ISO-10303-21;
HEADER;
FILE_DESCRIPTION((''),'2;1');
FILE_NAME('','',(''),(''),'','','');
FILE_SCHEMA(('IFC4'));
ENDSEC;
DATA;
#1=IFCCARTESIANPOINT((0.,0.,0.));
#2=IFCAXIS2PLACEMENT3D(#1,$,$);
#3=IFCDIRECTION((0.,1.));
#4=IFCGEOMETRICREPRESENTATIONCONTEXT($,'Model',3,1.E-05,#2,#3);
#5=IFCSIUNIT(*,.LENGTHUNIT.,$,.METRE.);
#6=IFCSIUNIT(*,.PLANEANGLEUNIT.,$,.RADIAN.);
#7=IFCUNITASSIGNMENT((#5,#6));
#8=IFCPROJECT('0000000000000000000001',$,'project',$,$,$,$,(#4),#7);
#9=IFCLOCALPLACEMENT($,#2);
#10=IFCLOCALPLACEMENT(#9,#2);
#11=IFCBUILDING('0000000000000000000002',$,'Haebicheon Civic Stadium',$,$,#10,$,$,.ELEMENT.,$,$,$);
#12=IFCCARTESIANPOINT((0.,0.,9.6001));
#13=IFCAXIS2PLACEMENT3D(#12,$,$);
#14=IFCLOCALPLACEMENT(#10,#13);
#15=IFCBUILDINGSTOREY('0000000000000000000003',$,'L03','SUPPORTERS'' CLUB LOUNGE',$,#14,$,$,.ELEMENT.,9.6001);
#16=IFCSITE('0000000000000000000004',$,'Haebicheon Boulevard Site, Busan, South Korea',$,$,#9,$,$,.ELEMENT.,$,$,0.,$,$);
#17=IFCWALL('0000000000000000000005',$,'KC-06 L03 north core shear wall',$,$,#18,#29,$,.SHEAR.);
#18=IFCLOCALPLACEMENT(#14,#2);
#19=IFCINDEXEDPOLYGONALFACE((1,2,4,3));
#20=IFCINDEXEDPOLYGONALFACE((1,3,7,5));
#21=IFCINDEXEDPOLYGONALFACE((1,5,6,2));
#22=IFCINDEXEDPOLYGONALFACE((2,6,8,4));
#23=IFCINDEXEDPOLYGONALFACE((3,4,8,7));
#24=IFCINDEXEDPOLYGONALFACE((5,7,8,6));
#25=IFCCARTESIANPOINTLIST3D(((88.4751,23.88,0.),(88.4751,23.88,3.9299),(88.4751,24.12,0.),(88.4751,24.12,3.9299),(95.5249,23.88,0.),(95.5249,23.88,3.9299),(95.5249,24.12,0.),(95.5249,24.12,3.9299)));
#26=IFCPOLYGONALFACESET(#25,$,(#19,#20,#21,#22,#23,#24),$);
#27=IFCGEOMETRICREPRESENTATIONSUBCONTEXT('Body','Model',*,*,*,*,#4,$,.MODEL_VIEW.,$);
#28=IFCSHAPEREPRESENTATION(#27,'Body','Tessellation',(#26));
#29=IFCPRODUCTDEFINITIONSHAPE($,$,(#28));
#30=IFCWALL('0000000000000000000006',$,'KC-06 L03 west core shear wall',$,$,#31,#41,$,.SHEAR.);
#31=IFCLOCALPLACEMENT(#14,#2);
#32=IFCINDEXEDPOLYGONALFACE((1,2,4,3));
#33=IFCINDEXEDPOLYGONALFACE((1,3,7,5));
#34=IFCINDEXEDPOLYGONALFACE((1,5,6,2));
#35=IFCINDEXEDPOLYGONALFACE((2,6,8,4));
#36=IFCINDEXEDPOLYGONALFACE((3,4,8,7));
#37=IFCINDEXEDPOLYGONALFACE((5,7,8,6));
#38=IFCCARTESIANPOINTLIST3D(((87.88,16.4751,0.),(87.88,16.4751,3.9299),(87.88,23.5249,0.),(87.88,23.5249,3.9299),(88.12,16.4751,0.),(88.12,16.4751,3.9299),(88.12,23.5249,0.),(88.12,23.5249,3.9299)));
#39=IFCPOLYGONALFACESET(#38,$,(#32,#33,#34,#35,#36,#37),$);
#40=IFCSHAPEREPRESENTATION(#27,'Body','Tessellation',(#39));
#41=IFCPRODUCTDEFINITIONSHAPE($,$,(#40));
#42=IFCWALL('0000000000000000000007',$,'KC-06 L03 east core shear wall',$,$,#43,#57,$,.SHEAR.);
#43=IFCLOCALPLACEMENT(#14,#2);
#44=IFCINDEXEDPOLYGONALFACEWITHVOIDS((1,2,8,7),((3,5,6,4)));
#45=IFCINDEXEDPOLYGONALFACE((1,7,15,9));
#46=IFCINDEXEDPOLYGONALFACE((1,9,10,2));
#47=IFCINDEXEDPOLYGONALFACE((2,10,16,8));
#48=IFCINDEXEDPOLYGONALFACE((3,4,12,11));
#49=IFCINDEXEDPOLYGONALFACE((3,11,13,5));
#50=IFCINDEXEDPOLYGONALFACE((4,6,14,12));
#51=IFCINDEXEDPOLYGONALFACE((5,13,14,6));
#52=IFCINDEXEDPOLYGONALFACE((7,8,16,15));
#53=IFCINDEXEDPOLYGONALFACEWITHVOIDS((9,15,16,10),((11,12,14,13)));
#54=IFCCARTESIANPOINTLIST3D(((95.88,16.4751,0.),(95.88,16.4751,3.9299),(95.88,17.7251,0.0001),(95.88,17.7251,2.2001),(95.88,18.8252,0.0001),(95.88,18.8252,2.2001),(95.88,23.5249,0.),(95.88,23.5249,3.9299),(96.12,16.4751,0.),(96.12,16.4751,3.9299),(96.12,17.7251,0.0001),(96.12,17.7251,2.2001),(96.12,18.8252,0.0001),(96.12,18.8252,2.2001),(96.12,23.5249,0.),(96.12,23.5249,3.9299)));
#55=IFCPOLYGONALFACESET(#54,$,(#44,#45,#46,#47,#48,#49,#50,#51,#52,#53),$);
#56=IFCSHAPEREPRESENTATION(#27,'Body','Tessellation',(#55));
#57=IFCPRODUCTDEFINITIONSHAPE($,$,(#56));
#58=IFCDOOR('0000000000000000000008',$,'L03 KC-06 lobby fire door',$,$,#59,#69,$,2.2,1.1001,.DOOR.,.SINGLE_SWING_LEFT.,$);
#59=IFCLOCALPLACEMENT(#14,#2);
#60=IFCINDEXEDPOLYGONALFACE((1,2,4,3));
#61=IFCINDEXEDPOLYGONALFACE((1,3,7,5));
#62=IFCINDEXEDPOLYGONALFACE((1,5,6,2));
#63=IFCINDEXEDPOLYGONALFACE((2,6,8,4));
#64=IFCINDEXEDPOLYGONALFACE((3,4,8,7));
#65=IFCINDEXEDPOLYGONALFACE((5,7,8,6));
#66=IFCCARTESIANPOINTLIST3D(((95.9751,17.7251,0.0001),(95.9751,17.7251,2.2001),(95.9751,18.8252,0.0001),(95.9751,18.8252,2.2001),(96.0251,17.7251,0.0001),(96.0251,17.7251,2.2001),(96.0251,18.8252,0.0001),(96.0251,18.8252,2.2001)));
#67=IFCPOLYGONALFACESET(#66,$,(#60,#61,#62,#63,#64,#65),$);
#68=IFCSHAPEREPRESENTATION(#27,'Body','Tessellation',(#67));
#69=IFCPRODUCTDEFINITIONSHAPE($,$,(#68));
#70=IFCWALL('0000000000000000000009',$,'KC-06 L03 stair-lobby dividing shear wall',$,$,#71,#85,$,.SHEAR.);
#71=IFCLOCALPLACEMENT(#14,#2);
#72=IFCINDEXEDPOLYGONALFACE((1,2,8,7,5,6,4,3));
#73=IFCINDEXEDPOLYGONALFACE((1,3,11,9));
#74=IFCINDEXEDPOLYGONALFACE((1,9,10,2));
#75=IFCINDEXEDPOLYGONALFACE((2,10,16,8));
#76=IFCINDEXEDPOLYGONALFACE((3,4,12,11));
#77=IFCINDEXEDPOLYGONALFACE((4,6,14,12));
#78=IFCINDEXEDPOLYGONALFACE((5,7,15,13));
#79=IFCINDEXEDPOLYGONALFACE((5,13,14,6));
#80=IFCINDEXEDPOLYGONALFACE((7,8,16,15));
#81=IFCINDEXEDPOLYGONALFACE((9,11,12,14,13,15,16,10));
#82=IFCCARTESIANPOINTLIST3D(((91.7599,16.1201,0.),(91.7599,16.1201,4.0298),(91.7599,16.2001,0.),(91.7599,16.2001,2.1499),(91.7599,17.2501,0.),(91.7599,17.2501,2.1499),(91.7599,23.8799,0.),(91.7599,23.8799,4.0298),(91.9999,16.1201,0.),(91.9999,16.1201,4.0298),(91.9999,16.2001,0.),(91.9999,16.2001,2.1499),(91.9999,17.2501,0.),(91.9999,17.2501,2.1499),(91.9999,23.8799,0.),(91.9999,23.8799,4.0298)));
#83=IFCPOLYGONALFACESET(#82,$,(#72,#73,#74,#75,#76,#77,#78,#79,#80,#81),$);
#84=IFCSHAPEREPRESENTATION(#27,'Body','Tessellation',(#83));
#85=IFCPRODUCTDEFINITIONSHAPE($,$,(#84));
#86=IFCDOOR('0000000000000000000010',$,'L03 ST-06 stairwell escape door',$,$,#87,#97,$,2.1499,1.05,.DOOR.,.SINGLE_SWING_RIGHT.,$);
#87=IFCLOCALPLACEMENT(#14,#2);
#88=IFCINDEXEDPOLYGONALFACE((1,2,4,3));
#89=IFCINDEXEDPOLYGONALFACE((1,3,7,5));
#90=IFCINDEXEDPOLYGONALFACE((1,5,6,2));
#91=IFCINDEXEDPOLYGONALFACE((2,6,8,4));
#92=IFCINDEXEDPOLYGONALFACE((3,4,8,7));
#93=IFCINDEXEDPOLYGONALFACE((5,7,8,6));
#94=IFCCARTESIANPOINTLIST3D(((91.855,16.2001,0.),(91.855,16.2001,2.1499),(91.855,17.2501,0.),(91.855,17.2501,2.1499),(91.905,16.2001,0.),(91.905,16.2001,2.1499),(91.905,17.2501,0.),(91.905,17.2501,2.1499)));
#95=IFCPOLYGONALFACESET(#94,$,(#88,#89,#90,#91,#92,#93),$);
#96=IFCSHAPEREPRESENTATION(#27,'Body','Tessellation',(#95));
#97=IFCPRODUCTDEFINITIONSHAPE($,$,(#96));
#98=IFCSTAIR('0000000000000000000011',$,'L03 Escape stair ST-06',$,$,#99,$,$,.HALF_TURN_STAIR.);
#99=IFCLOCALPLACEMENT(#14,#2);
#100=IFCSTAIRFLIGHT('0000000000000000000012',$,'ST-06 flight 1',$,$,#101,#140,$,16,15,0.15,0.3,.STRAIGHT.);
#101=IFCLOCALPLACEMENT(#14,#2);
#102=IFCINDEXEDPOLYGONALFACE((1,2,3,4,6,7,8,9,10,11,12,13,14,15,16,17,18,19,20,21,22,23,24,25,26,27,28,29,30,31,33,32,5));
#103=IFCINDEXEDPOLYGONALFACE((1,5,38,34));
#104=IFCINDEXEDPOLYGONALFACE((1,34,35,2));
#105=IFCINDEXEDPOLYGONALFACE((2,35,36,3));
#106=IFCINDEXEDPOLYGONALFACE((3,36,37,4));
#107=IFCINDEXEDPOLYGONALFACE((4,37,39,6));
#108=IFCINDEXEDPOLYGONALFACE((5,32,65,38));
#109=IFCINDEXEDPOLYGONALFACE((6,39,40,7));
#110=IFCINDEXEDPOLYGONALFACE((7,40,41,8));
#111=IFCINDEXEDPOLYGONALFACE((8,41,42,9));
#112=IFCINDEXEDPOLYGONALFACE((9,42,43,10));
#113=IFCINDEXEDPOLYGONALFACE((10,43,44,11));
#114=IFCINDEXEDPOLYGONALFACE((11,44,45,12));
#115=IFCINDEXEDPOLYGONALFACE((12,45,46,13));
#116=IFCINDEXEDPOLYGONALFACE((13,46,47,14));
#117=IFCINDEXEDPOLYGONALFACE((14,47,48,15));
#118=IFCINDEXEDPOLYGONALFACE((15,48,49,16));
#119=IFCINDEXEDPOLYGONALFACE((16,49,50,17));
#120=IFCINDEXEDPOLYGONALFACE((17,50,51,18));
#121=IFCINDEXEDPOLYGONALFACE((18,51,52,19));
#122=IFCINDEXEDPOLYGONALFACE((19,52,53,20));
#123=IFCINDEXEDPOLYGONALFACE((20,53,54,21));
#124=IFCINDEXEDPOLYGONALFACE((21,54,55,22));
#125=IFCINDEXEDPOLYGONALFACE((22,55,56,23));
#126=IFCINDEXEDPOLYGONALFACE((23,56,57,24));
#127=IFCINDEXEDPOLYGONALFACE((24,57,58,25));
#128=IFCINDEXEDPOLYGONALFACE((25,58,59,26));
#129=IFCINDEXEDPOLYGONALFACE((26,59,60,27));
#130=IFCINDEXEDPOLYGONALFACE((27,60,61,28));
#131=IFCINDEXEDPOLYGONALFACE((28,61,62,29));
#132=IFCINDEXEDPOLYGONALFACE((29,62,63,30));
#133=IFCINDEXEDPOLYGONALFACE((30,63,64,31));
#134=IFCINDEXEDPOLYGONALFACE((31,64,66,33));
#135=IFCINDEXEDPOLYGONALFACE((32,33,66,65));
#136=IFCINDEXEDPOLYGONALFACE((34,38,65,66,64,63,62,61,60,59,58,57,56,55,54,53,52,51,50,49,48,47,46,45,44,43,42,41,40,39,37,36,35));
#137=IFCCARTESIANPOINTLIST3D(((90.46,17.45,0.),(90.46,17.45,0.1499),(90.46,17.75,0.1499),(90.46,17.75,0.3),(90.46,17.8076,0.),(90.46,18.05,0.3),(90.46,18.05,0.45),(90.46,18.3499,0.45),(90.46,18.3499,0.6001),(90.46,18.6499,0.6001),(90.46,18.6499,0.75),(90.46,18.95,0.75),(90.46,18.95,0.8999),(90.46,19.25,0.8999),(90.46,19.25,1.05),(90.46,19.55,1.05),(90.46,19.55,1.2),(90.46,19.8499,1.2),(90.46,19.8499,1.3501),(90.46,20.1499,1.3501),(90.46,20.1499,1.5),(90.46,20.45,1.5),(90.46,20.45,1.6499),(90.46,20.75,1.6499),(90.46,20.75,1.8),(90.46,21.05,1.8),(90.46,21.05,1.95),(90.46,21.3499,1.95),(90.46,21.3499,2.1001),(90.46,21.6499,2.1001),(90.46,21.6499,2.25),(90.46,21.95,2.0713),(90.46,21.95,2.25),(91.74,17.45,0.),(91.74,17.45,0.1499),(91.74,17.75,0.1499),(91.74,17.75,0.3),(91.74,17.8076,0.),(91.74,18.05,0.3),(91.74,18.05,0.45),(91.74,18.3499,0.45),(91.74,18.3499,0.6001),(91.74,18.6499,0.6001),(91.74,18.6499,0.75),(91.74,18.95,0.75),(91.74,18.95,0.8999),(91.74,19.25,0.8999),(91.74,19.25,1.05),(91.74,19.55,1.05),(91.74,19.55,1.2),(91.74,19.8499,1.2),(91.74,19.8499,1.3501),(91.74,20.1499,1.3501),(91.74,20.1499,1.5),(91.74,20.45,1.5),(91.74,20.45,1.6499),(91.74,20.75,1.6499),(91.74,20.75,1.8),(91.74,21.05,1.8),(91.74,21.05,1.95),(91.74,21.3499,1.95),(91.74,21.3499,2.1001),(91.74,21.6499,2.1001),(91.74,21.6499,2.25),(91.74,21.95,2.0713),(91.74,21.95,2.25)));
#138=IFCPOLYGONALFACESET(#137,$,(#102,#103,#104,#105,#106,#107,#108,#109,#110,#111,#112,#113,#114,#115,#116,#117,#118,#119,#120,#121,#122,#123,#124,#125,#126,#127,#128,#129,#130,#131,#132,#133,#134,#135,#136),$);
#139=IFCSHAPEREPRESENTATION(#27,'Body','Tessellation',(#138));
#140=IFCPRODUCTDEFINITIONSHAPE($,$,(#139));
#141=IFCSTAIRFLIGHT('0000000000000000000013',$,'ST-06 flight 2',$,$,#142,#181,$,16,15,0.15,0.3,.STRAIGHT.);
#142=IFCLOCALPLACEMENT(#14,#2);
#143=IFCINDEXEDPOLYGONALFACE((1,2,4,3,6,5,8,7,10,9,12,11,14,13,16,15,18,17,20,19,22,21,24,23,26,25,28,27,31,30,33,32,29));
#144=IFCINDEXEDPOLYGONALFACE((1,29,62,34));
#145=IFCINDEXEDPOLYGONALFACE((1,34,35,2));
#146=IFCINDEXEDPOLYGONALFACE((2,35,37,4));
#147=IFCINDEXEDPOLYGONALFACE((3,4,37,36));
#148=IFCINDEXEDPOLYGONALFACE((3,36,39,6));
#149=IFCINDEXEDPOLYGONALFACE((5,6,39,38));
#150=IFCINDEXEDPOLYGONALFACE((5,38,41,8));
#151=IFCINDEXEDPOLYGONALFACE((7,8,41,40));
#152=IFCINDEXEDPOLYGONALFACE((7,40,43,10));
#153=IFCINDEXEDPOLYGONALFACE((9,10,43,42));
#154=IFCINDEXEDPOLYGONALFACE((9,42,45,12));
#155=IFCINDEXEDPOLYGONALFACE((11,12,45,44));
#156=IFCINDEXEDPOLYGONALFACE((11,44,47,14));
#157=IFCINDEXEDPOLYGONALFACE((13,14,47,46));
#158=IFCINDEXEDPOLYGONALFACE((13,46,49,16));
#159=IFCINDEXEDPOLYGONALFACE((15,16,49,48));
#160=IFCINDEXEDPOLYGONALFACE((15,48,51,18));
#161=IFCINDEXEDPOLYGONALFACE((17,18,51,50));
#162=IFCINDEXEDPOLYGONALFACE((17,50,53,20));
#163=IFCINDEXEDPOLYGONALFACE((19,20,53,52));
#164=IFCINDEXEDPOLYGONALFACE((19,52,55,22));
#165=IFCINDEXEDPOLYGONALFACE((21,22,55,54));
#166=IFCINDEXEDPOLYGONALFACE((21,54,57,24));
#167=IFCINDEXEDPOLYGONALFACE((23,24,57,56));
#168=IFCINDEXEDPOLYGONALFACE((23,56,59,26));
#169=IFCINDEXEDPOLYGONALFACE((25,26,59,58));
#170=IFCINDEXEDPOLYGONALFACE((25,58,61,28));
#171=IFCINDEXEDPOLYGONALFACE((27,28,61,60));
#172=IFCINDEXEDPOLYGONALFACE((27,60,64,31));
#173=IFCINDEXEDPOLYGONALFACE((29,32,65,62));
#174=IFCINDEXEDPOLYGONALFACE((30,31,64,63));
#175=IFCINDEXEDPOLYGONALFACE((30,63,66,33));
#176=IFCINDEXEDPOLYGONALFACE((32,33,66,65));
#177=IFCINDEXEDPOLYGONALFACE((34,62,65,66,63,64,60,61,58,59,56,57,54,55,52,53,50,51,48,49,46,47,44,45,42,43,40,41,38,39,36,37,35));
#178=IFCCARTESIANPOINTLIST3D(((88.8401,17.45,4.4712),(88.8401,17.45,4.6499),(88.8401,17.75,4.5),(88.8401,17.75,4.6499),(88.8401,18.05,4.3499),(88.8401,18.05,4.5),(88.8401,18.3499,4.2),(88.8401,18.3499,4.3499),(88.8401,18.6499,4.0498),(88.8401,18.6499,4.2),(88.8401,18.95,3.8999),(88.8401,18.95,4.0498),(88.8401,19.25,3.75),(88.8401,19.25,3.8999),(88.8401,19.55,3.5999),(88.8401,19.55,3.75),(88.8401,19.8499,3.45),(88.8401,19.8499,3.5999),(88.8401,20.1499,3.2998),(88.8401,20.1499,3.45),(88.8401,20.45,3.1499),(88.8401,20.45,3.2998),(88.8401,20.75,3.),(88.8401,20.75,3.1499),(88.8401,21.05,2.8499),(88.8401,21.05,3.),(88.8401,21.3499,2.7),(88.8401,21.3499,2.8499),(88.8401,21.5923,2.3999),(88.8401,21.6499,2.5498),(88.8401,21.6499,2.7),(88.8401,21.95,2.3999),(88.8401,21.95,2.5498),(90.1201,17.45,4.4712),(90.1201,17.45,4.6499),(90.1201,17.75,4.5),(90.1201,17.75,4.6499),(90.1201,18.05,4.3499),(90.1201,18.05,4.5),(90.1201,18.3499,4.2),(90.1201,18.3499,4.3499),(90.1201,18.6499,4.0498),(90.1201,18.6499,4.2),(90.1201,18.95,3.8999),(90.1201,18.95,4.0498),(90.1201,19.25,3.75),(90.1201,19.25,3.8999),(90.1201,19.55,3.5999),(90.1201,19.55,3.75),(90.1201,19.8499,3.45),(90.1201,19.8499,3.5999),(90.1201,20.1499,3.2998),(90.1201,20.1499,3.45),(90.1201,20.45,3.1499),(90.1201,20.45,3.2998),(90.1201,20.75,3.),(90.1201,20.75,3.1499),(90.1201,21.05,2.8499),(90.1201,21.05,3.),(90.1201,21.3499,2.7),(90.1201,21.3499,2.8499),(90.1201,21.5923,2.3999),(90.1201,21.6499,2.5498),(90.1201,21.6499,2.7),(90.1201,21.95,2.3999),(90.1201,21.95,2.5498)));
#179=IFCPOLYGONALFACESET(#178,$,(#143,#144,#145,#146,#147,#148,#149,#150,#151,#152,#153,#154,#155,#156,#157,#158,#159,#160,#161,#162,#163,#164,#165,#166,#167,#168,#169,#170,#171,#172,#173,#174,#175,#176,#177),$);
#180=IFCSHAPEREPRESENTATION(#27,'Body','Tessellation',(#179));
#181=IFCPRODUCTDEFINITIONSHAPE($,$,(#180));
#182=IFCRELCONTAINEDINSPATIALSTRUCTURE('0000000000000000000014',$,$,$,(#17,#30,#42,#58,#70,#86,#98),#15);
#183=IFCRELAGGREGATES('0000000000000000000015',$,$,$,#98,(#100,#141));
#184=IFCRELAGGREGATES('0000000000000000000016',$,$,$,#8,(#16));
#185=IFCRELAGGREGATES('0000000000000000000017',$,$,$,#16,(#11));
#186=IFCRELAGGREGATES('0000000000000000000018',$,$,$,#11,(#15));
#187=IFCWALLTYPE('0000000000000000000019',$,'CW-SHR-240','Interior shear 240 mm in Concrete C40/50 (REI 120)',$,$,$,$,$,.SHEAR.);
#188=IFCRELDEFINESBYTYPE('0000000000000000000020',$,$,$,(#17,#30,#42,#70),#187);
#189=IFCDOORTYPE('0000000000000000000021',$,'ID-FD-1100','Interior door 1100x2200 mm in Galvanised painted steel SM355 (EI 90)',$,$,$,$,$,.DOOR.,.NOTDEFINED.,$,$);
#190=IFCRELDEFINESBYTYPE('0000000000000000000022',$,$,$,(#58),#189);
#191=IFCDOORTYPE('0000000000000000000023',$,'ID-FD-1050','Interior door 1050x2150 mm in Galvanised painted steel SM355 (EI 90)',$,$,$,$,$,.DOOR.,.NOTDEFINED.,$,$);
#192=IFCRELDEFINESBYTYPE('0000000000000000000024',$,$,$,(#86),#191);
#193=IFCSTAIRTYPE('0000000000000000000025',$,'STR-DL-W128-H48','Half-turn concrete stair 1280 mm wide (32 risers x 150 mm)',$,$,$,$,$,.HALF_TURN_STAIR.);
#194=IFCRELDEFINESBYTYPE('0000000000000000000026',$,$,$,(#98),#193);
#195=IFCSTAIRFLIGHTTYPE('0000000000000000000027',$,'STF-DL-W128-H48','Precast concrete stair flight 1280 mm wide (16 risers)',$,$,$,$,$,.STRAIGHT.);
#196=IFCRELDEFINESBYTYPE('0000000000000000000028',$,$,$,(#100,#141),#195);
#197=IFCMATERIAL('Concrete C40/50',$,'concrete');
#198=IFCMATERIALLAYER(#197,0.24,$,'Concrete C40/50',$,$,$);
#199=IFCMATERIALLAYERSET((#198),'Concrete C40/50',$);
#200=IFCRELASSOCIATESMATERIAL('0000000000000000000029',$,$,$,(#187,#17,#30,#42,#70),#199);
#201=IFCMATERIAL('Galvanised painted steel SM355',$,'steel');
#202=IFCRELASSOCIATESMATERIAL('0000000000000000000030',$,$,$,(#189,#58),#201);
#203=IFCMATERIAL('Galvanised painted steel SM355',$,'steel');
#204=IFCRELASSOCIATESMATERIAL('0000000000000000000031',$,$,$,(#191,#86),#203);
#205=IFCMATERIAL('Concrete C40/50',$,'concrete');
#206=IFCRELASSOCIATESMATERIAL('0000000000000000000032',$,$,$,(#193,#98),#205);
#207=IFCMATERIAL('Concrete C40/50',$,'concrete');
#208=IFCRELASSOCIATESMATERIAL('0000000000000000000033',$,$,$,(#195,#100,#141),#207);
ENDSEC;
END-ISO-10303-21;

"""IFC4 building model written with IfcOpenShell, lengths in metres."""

from ifc_helpers import new_model, si_unit, direction, frame, frame_2d, origin, place, context, subcontext, project, spatial, polyline, rectangle, outline, extrude, material, layer, layer_set, type_object, element, fill, aggregate, save


model = new_model("IFC4")

# Units and contexts
model_context = context("Model", 3, precision=1e-05, world=origin(), true_north=direction((0.0, 1.0)))
body_context = subcontext(model_context, "Body", "Model", "MODEL_VIEW")
ifc_project = project(units=[si_unit("LENGTHUNIT", "METRE"), si_unit("PLANEANGLEUNIT", "RADIAN")], contexts=[model_context])

# Site, building, storey
site_placement = place(None, origin())
site = spatial("IfcSite", under=ifc_project, at=site_placement, Name="Haebicheon Boulevard Site, Busan, South Korea", CompositionType="ELEMENT", RefElevation=0.0)
building_placement = place(site_placement, origin())
building = spatial("IfcBuilding", under=site, at=building_placement, Name="Haebicheon Civic Stadium", CompositionType="ELEMENT")
storey_placement = place(building_placement, frame((0.0, 0.0, 9.6001)))
storey = spatial("IfcBuildingStorey", under=building, at=storey_placement, Name="L03", Description="SUPPORTERS' CLUB LOUNGE", CompositionType="ELEMENT", Elevation=9.6001)

# Walls
ifc_material_1 = material(Name="Concrete C40/50", Category="concrete")
ifc_layer = layer(ifc_material_1, 0.24, Name="Concrete C40/50")
ifc_layer_set = layer_set([ifc_layer], Name="Concrete C40/50")
wall_type = type_object("IfcWallType", Name="CW-SHR-240", Description="Interior shear 240 mm in Concrete C40/50 (REI 120)", PredefinedType="SHEAR", material=ifc_layer_set)
for number, where, z_axis, x_axis, name in (
    (1, (88.4751, 24.0, 0.0), (0.0, 0.0, 1.0), (1.0, 0.0, 0.0), "KC-06 L03 north core shear wall"),
    (2, (88.0, 16.4751, 0.0), (0.0, 0.0, 1.0), (0.0, 1.0, 0.0), "KC-06 L03 west core shear wall"),
):
    element("IfcWall", number, at=place(storey_placement, frame(where, z_axis=z_axis, x_axis=x_axis)), inside=storey, type_object=wall_type, material=ifc_layer_set, Name=name, PredefinedType="SHEAR", context=body_context, shape_type="SweptSolid", body=[
        extrude(rectangle(XDim=7.0498, YDim=0.24, at=frame_2d((3.5249, 0.0))), origin(), (0.0, 0.0, 1.0), 3.9299),
    ])

# Walls, openings, doors
wall_1_placement = place(storey_placement, frame((96.0, 16.4751, 0.0), z_axis=(0.0, 0.0, 1.0), x_axis=(0.0, 1.0, 0.0)))
wall_1 = element("IfcWall", 3, at=wall_1_placement, inside=storey, type_object=wall_type, material=ifc_layer_set, Name="KC-06 L03 east core shear wall", PredefinedType="SHEAR", context=body_context, shape_type="SweptSolid", body=[
    extrude(rectangle(XDim=7.0498, YDim=0.24, at=frame_2d((3.5249, 0.0))), origin(), (0.0, 0.0, 1.0), 3.9299),
])
opening_1_placement = place(wall_1_placement, frame((1.25, 0.0, 0.0)))
opening_1 = element("IfcOpeningElement", 4, at=opening_1_placement, cuts=wall_1, PredefinedType="OPENING", context=body_context, shape_type="SweptSolid", body=[
    extrude(rectangle(XDim=1.1001, YDim=2.2, at=frame_2d((0.55, 1.1001))), frame((0.0, 0.1299, 0.0), z_axis=(0.0, -1.0, 0.0), x_axis=(1.0, 0.0, 0.0)), (0.0, 0.0, 1.0), 0.26),
])
ifc_material_2 = material(Name="Galvanised painted steel SM355", Category="steel")
door_type_1 = type_object("IfcDoorType", Name="ID-FD-1100", Description="Interior door 1100x2200 mm in Galvanised painted steel SM355 (EI 90)", OperationType="NOTDEFINED", PredefinedType="DOOR", material=ifc_material_2)
door_1_placement = place(opening_1_placement, origin())
door_1 = element("IfcDoor", 5, at=door_1_placement, inside=storey, type_object=door_type_1, material=ifc_material_2, Name="L03 KC-06 lobby fire door", OperationType="SINGLE_SWING_LEFT", OverallHeight=2.2, OverallWidth=1.1001, PredefinedType="DOOR", context=body_context, shape_type="SweptSolid", body=[
    extrude(rectangle(XDim=1.1001, YDim=2.2, at=frame_2d((0.55, 1.1001))), frame((0.0, 0.0249, 0.0), z_axis=(0.0, -1.0, 0.0), x_axis=(1.0, 0.0, 0.0)), (0.0, 0.0, 1.0), 0.05),
])
fill(opening_1, door_1)
wall_2_placement = place(storey_placement, frame((91.8799, 16.1201, 0.0), z_axis=(0.0, 0.0, 1.0), x_axis=(0.0, 1.0, 0.0)))
wall_2 = element("IfcWall", 6, at=wall_2_placement, inside=storey, type_object=wall_type, material=ifc_layer_set, Name="KC-06 L03 stair-lobby dividing shear wall", PredefinedType="SHEAR", context=body_context, shape_type="SweptSolid", body=[
    extrude(rectangle(XDim=7.7598, YDim=0.24, at=frame_2d((3.8799, 0.0))), origin(), (0.0, 0.0, 1.0), 4.0298),
])
opening_2_placement = place(wall_2_placement, frame((0.0801, 0.0, 0.0)))
opening_2 = element("IfcOpeningElement", 7, at=opening_2_placement, cuts=wall_2, PredefinedType="OPENING", context=body_context, shape_type="SweptSolid", body=[
    extrude(rectangle(XDim=1.05, YDim=2.1499, at=frame_2d((0.5249, 1.075))), frame((0.0, 0.1299, 0.0), z_axis=(0.0, -1.0, 0.0), x_axis=(1.0, 0.0, 0.0)), (0.0, 0.0, 1.0), 0.26),
])
ifc_material_3 = material(Name="Galvanised painted steel SM355", Category="steel")
door_type_2 = type_object("IfcDoorType", Name="ID-FD-1050", Description="Interior door 1050x2150 mm in Galvanised painted steel SM355 (EI 90)", OperationType="NOTDEFINED", PredefinedType="DOOR", material=ifc_material_3)
door_2_placement = place(opening_2_placement, origin())
door_2 = element("IfcDoor", 8, at=door_2_placement, inside=storey, type_object=door_type_2, material=ifc_material_3, Name="L03 ST-06 stairwell escape door", OperationType="SINGLE_SWING_RIGHT", OverallHeight=2.1499, OverallWidth=1.05, PredefinedType="DOOR", context=body_context, shape_type="SweptSolid", body=[
    extrude(rectangle(XDim=1.05, YDim=2.1499, at=frame_2d((0.5249, 1.075))), frame((0.0, 0.0249, 0.0), z_axis=(0.0, -1.0, 0.0), x_axis=(1.0, 0.0, 0.0)), (0.0, 0.0, 1.0), 0.05),
])
fill(opening_2, door_2)

# Stair, stair flights
ifc_material_4 = material(Name="Concrete C40/50", Category="concrete")
stair_type = type_object("IfcStairType", Name="STR-DL-W128-H48", Description="Half-turn concrete stair 1280 mm wide (32 risers x 150 mm)", PredefinedType="HALF_TURN_STAIR", material=ifc_material_4)
stair_placement = place(storey_placement, origin())
stair = element("IfcStair", 9, at=stair_placement, inside=storey, type_object=stair_type, material=ifc_material_4, Name="L03 Escape stair ST-06", PredefinedType="HALF_TURN_STAIR")
ifc_material_5 = material(Name="Concrete C40/50", Category="concrete")
stair_flight_type = type_object("IfcStairFlightType", Name="STF-DL-W128-H48", Description="Precast concrete stair flight 1280 mm wide (16 risers)", PredefinedType="STRAIGHT", material=ifc_material_5)
stair_flight_1_placement = place(storey_placement, frame((91.1001, 17.45, 0.0), z_axis=(0.0, 0.0, 1.0), x_axis=(0.0, 1.0, 0.0)))
stair_flight_1 = element("IfcStairFlight", 10, at=stair_flight_1_placement, type_object=stair_flight_type, material=ifc_material_5, Name="ST-06 flight 1", NumberOfRisers=16, NumberOfTreads=15, PredefinedType="STRAIGHT", RiserHeight=0.15, TreadLength=0.3, context=body_context, shape_type="SweptSolid", body=[
    extrude(outline(polyline([(0.0, 0.0), (0.0, 0.1499), (0.3, 0.1499), (0.3, 0.3), (0.6001, 0.3), (0.6001, 0.45), (0.8999, 0.45), (0.8999, 0.6001), (1.2, 0.6001), (1.2, 0.75), (1.5, 0.75), (1.5, 0.8999), (1.8, 0.8999), (1.8, 1.05), (2.1001, 1.05), (2.1001, 1.2), (2.3999, 1.2), (2.3999, 1.3501), (2.7, 1.3501), (2.7, 1.5), (3.0, 1.5), (3.0, 1.6499), (3.3, 1.6499), (3.3, 1.8), (3.6001, 1.8), (3.6001, 1.95), (3.8999, 1.95), (3.8999, 2.1001), (4.2, 2.1001), (4.2, 2.25), (4.5, 2.25), (4.5, 2.3999), (4.5, 2.0713), (0.3577, 0.0), (0.0, 0.0)])), frame((0.0, 0.6401, 0.0), z_axis=(0.0, -1.0, 0.0), x_axis=(1.0, 0.0, 0.0)), (0.0, 0.0, 1.0), 1.28),
])
stair_flight_2_placement = place(storey_placement, frame((89.48, 21.95, 2.3999), z_axis=(0.0, 0.0, 1.0), x_axis=(0.0, -1.0, 0.0)))
stair_flight_2 = element("IfcStairFlight", 11, at=stair_flight_2_placement, type_object=stair_flight_type, material=ifc_material_5, Name="ST-06 flight 2", NumberOfRisers=16, NumberOfTreads=15, PredefinedType="STRAIGHT", RiserHeight=0.15, TreadLength=0.3, context=body_context, shape_type="SweptSolid", body=[
    extrude(outline(polyline([(0.0, 0.0), (0.0, 0.1499), (0.3, 0.1499), (0.3, 0.3), (0.6001, 0.3), (0.6001, 0.45), (0.8999, 0.45), (0.8999, 0.6001), (1.2, 0.6001), (1.2, 0.75), (1.5, 0.75), (1.5, 0.8999), (1.8, 0.8999), (1.8, 1.05), (2.1001, 1.05), (2.1001, 1.2), (2.3999, 1.2), (2.3999, 1.3501), (2.7, 1.3501), (2.7, 1.5), (3.0, 1.5), (3.0, 1.6499), (3.3, 1.6499), (3.3, 1.8), (3.6001, 1.8), (3.6001, 1.95), (3.8999, 1.95), (3.8999, 2.1001), (4.2, 2.1001), (4.2, 2.25), (4.5, 2.25), (4.5, 2.3999), (4.5, 2.0713), (0.3577, 0.0), (0.0, 0.0)])), frame((0.0, 0.6401, 0.0), z_axis=(0.0, -1.0, 0.0), x_axis=(1.0, 0.0, 0.0)), (0.0, 0.0, 1.0), 1.28),
])
aggregate(stair, [stair_flight_1, stair_flight_2])

save(model, "model.ifc")
